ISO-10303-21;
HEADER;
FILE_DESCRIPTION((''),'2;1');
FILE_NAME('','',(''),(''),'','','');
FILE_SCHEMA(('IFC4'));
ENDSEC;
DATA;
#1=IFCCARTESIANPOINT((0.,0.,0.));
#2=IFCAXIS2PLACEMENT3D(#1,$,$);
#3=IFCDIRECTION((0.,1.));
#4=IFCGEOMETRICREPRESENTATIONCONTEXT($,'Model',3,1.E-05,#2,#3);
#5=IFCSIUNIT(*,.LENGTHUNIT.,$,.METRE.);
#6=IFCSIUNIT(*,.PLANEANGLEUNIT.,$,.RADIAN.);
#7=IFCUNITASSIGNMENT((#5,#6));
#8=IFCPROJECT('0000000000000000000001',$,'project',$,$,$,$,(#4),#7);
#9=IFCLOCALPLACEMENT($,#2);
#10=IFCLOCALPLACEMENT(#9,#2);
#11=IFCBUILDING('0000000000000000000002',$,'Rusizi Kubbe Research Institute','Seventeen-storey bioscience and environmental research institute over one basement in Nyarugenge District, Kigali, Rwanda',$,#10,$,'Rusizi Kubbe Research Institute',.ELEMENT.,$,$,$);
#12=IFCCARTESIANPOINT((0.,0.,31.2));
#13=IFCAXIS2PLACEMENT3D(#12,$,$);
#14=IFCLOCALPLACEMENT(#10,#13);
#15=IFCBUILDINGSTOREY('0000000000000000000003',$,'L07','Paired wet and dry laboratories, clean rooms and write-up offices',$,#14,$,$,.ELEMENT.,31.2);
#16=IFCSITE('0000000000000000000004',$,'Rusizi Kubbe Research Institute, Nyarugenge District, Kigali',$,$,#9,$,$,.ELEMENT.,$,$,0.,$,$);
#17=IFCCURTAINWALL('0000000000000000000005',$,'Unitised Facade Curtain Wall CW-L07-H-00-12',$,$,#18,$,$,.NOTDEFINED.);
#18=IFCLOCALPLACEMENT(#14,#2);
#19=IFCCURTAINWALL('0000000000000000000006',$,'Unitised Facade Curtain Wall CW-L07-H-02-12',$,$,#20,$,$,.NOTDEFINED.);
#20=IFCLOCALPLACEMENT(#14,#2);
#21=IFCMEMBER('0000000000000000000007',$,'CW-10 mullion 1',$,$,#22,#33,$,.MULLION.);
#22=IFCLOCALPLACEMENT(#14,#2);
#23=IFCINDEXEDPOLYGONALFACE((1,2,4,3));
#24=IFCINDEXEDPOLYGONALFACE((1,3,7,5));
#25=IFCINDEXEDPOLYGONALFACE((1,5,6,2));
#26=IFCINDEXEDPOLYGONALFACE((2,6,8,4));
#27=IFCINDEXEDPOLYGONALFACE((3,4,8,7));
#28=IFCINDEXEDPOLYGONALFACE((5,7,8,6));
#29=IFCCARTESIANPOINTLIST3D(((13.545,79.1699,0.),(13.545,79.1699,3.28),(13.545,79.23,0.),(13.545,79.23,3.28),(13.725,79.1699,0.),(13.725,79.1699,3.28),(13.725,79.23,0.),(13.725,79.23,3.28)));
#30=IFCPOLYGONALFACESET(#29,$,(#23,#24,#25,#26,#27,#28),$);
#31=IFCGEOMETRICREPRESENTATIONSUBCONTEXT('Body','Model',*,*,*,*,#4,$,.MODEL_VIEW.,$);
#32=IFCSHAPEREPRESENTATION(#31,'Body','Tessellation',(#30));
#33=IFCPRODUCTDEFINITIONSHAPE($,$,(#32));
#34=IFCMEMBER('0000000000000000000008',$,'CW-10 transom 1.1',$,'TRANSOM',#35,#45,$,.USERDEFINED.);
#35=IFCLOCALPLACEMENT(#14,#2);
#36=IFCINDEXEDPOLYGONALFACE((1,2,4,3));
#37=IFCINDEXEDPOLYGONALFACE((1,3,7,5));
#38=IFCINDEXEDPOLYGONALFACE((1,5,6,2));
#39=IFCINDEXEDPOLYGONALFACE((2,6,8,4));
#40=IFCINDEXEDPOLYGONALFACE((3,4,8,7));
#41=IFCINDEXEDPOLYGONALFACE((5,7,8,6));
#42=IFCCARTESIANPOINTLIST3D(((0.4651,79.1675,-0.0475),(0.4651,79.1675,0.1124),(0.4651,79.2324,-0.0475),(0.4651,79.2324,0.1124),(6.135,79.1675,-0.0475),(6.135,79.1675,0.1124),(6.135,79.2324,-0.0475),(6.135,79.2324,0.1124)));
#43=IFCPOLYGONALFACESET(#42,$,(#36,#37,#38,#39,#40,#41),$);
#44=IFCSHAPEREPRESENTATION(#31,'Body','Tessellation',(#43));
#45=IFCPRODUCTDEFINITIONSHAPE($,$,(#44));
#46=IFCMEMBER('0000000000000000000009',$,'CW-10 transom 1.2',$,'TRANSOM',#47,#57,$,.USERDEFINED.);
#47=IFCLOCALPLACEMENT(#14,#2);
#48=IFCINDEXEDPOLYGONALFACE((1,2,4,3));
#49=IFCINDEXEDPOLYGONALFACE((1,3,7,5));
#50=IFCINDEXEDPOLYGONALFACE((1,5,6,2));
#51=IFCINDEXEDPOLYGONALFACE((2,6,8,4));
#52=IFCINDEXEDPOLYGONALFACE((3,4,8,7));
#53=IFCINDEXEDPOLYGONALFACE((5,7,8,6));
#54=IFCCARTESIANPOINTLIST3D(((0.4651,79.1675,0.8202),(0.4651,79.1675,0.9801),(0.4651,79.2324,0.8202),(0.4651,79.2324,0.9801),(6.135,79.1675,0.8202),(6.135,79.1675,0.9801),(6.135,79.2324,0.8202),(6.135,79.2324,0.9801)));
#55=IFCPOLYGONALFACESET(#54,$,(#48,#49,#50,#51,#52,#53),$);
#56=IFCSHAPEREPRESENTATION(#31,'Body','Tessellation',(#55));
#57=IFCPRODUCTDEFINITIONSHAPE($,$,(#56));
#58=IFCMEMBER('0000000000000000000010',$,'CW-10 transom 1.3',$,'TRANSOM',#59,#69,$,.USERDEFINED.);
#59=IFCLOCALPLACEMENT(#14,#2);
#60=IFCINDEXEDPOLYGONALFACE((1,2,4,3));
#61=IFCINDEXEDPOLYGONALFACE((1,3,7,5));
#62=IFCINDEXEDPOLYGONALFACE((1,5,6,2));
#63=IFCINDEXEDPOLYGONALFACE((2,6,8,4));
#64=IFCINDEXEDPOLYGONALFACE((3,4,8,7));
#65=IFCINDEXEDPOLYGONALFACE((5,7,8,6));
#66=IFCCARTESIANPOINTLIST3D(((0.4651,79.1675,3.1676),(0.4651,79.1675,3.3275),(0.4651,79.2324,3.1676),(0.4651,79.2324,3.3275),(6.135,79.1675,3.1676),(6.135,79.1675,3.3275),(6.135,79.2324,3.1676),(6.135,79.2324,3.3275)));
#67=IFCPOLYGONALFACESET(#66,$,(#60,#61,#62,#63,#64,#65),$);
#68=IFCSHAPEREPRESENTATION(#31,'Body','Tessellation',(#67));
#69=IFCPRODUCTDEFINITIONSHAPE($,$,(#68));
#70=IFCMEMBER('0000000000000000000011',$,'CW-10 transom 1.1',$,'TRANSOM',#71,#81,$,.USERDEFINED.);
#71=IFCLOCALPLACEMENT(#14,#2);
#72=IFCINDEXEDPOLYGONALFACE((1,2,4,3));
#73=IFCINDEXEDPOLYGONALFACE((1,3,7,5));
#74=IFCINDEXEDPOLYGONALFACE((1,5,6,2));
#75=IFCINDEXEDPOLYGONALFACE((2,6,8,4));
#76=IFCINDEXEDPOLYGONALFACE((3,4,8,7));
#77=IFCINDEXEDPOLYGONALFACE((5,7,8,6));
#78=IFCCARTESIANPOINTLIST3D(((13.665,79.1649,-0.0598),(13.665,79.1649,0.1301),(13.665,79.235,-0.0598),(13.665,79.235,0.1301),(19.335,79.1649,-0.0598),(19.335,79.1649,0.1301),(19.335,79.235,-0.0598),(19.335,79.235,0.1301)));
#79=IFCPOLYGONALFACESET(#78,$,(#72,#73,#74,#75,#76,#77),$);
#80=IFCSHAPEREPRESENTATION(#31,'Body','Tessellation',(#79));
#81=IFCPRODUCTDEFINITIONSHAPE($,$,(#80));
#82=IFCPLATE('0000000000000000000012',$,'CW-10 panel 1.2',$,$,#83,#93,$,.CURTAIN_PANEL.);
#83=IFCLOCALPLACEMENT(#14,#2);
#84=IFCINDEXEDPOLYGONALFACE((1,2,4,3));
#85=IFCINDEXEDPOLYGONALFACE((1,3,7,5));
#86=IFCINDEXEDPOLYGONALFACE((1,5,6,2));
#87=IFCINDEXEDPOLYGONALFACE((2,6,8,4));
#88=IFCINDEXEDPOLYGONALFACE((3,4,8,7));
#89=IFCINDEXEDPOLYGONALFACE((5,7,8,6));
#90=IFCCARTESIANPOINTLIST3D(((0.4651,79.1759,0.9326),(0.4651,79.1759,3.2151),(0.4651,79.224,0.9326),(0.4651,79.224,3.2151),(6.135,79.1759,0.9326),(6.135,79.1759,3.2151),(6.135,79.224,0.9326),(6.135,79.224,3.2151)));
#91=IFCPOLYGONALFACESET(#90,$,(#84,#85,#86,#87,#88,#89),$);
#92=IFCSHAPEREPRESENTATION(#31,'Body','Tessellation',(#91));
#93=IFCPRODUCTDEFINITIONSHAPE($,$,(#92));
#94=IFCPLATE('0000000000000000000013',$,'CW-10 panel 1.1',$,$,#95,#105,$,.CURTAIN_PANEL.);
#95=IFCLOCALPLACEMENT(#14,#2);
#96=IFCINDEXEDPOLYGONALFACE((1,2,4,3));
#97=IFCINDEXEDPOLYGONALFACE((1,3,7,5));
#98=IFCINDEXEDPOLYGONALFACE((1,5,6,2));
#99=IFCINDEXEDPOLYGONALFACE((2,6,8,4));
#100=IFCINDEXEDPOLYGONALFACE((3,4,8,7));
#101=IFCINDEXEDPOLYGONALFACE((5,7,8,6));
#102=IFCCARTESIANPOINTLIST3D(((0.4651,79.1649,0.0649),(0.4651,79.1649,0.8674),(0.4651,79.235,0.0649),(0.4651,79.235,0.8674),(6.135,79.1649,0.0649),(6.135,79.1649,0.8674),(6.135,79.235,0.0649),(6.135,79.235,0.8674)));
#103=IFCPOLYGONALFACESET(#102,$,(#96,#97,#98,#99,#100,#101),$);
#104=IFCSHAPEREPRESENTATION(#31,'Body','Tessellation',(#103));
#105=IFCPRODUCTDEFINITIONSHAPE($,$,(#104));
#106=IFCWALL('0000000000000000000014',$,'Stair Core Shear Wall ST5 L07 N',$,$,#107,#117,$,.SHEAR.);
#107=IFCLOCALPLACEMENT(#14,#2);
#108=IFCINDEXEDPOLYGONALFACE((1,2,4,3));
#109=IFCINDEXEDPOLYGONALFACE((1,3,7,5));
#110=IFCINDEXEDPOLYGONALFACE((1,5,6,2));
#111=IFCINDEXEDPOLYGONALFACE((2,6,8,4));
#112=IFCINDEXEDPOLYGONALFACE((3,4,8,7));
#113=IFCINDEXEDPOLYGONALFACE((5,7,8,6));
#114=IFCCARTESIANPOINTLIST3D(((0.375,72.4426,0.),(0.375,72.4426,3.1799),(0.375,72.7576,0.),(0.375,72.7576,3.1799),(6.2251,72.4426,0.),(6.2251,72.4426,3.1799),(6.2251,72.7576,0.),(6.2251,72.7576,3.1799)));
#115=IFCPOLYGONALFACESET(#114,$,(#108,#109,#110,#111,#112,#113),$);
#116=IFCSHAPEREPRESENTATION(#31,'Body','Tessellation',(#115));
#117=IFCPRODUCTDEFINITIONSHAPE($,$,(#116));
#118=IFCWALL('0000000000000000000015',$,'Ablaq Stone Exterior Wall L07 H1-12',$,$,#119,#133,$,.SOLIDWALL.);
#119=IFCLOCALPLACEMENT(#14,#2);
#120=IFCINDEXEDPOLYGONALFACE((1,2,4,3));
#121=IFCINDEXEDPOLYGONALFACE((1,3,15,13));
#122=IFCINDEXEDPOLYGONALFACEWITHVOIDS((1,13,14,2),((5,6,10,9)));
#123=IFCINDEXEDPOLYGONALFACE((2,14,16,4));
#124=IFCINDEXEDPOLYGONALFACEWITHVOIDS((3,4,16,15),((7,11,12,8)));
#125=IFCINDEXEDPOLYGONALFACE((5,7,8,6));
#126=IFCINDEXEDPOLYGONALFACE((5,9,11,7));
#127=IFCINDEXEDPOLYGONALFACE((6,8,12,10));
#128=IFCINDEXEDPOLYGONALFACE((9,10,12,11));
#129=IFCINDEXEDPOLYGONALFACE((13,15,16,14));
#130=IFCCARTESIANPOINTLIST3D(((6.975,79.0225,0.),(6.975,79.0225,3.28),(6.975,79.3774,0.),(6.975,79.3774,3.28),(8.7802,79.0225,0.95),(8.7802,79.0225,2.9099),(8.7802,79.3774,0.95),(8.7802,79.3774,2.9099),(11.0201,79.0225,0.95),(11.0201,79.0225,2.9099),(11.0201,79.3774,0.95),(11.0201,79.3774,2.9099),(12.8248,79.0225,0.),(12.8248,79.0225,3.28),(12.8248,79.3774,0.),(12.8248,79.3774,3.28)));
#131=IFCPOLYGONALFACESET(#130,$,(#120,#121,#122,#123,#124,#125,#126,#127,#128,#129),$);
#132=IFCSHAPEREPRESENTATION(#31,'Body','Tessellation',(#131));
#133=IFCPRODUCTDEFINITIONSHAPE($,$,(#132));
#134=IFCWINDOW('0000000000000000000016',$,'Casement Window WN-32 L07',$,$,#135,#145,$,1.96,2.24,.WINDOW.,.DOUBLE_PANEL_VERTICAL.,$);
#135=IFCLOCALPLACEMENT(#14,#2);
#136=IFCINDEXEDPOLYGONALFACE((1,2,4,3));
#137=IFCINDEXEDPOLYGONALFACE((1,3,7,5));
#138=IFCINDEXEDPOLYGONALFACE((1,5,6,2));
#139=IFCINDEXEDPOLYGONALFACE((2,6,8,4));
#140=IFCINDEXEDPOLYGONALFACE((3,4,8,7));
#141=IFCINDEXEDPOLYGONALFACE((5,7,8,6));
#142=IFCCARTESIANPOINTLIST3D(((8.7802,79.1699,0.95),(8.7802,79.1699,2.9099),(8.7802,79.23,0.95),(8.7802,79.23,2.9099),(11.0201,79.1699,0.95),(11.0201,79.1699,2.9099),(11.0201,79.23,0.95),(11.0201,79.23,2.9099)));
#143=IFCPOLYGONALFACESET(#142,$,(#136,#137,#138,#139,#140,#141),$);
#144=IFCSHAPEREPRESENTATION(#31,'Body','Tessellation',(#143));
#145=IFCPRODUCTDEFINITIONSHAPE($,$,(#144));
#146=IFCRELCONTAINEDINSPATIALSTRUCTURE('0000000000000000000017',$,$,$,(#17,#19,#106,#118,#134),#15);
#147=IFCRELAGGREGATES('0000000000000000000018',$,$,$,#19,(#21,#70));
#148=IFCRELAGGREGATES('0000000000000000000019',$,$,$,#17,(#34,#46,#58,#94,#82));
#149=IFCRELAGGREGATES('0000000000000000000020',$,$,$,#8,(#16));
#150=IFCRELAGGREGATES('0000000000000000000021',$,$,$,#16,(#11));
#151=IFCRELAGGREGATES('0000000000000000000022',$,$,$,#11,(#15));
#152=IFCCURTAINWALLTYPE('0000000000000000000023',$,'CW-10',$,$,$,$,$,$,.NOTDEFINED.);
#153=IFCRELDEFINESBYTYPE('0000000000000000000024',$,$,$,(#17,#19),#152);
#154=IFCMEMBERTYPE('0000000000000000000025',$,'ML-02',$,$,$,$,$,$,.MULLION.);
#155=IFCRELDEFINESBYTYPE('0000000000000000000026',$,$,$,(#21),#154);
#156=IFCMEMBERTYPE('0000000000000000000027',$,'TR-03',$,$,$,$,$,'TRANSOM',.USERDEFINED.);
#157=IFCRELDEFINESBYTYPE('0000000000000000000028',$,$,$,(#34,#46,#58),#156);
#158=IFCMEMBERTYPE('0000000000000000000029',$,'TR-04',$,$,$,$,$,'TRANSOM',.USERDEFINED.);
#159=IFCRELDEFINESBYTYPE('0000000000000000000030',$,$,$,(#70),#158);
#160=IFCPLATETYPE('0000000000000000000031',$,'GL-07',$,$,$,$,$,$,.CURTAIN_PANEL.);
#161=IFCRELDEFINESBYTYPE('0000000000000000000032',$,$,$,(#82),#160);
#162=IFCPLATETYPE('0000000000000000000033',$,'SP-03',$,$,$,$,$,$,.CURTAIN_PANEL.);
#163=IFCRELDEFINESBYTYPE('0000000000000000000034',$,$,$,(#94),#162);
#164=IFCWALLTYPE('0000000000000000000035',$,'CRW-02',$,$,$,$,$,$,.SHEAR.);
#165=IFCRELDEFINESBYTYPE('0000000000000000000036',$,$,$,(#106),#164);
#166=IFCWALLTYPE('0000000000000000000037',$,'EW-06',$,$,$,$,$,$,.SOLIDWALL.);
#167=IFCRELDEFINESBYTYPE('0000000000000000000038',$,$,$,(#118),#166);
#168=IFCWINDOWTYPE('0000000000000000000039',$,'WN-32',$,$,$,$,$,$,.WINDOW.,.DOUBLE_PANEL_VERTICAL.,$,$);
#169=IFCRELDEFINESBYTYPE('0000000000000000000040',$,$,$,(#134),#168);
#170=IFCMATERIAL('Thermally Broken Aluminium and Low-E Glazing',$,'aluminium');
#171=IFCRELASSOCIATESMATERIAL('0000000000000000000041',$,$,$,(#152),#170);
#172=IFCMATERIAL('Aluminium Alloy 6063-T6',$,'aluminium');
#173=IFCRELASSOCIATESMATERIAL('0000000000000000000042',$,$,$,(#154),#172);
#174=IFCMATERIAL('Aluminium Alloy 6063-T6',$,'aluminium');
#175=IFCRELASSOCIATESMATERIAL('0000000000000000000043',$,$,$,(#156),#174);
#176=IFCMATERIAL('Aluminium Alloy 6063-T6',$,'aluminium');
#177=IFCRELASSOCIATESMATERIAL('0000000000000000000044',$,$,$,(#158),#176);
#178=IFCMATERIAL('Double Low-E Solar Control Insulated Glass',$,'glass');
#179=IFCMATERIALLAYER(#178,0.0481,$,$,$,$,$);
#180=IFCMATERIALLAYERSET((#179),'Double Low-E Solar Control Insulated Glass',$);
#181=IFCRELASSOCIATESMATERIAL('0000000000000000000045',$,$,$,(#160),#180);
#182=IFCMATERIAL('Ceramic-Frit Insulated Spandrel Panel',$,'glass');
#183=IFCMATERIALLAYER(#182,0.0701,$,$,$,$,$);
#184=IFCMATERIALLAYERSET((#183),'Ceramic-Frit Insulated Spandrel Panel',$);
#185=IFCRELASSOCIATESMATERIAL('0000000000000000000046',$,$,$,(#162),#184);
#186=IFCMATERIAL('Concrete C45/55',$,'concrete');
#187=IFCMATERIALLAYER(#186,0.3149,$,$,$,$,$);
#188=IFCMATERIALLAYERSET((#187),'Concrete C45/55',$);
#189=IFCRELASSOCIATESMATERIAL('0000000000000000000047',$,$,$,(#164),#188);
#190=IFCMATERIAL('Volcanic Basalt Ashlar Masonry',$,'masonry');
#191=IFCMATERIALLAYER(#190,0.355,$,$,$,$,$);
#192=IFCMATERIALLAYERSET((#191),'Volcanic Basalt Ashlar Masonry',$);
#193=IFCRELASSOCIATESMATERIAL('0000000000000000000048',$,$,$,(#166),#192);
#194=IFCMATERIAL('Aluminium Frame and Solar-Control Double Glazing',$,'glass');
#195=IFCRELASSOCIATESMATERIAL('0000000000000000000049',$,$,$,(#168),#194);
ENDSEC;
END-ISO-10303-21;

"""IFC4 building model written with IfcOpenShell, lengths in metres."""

from ifc_helpers import new_model, si_unit, direction, frame, frame_2d, origin, origin_2d, place, context, subcontext, project, spatial, rectangle, extrude, material, layer, layer_set, material_profile, profile_set, type_object, element, fill, aggregate, save


model = new_model("IFC4")

# Units and contexts
model_context = context("Model", 3, precision=1e-05, world=origin(), true_north=direction((0.0, 1.0)))
body_context = subcontext(model_context, "Body", "Model", "MODEL_VIEW")
ifc_project = project(units=[si_unit("LENGTHUNIT", "METRE"), si_unit("PLANEANGLEUNIT", "RADIAN")], contexts=[model_context])

# Site, building, storey
site_placement = place(None, origin())
site = spatial("IfcSite", under=ifc_project, at=site_placement, Name="Rusizi Kubbe Research Institute, Nyarugenge District, Kigali", CompositionType="ELEMENT", RefElevation=0.0)
building_placement = place(site_placement, origin())
building = spatial("IfcBuilding", under=site, at=building_placement, Name="Rusizi Kubbe Research Institute", Description="Seventeen-storey bioscience and environmental research institute over one basement in Nyarugenge District, Kigali, Rwanda", LongName="Rusizi Kubbe Research Institute", CompositionType="ELEMENT")
storey_placement = place(building_placement, frame((0.0, 0.0, 31.2)))
storey = spatial("IfcBuildingStorey", under=building, at=storey_placement, Name="L07", Description="Paired wet and dry laboratories, clean rooms and write-up offices", CompositionType="ELEMENT", Elevation=31.2)

# Curtain wall
ifc_material_1 = material(Name="Thermally Broken Aluminium and Low-E Glazing", Category="aluminium")
curtain_wall_type = type_object("IfcCurtainWallType", Name="CW-10", PredefinedType="NOTDEFINED", material=ifc_material_1)
curtain_wall_1_placement = place(storey_placement, origin())
curtain_wall_1 = element("IfcCurtainWall", 1, at=curtain_wall_1_placement, inside=storey, type_object=curtain_wall_type, Name="Unitised Facade Curtain Wall CW-L07-H-00-12", PredefinedType="NOTDEFINED")

# Curtain wall, member
curtain_wall_2_placement = place(storey_placement, origin())
curtain_wall_2 = element("IfcCurtainWall", 2, at=curtain_wall_2_placement, inside=storey, type_object=curtain_wall_type, Name="Unitised Facade Curtain Wall CW-L07-H-02-12", PredefinedType="NOTDEFINED")
ifc_material_2 = material(Name="Aluminium Alloy 6063-T6", Category="aluminium")
ifc_material_profile_1 = material_profile(ifc_material_2, rectangle(XDim=0.0601, YDim=0.1799, at=origin_2d()), Name="ALU-M 60x180")
ifc_profile_set_1 = profile_set([ifc_material_profile_1], Name="Aluminium Alloy 6063-T6")
member_type_1 = type_object("IfcMemberType", Name="ML-02", PredefinedType="MULLION", material=ifc_profile_set_1)
member_1_placement = place(storey_placement, frame((13.635, 79.2, 0.0), z_axis=(0.0, 0.0, 1.0), x_axis=(0.0, 1.0, 0.0)))
member_1 = element("IfcMember", 3, at=member_1_placement, type_object=member_type_1, Name="CW-10 mullion 1", PredefinedType="MULLION", context=body_context, shape_type="SweptSolid", body=[
    extrude(rectangle(XDim=0.0601, YDim=0.1799, at=origin_2d()), origin(), (0.0, 0.0, 1.0), 3.28),
])

# Members
ifc_material_3 = material(Name="Aluminium Alloy 6063-T6", Category="aluminium")
ifc_material_profile_2 = material_profile(ifc_material_3, rectangle(XDim=0.0649, YDim=0.1599, at=origin_2d()), Name="ALU-T 65x160")
ifc_profile_set_2 = profile_set([ifc_material_profile_2], Name="Aluminium Alloy 6063-T6")
member_type_2 = type_object("IfcMemberType", Name="TR-03", ElementType="TRANSOM", PredefinedType="USERDEFINED", material=ifc_profile_set_2)
member_2_placement = place(storey_placement, frame((0.4651, 79.2, 0.0325), z_axis=(1.0, 0.0, 0.0), x_axis=(0.0, 1.0, 0.0)))
member_2 = element("IfcMember", 4, at=member_2_placement, type_object=member_type_2, Name="CW-10 transom 1.1", ObjectType="TRANSOM", PredefinedType="USERDEFINED", context=body_context, shape_type="SweptSolid", body=[
    extrude(rectangle(XDim=0.0649, YDim=0.1599, at=origin_2d()), origin(), (0.0, 0.0, 1.0), 5.6699),
])
member_3_placement = place(storey_placement, frame((0.4651, 79.2, 0.9001), z_axis=(1.0, 0.0, 0.0), x_axis=(0.0, 1.0, 0.0)))
member_3 = element("IfcMember", 5, at=member_3_placement, type_object=member_type_2, Name="CW-10 transom 1.2", ObjectType="TRANSOM", PredefinedType="USERDEFINED", context=body_context, shape_type="SweptSolid", body=[
    extrude(rectangle(XDim=0.0649, YDim=0.1599, at=origin_2d()), origin(), (0.0, 0.0, 1.0), 5.6699),
])
member_4_placement = place(storey_placement, frame((0.4651, 79.2, 3.2476), z_axis=(1.0, 0.0, 0.0), x_axis=(0.0, 1.0, 0.0)))
member_4 = element("IfcMember", 6, at=member_4_placement, type_object=member_type_2, Name="CW-10 transom 1.3", ObjectType="TRANSOM", PredefinedType="USERDEFINED", context=body_context, shape_type="SweptSolid", body=[
    extrude(rectangle(XDim=0.0649, YDim=0.1599, at=origin_2d()), origin(), (0.0, 0.0, 1.0), 5.6699),
])
ifc_material_4 = material(Name="Aluminium Alloy 6063-T6", Category="aluminium")
ifc_material_profile_3 = material_profile(ifc_material_4, rectangle(XDim=0.0701, YDim=0.1899, at=origin_2d()), Name="ALU-T 70x190")
ifc_profile_set_3 = profile_set([ifc_material_profile_3], Name="Aluminium Alloy 6063-T6")
member_type_3 = type_object("IfcMemberType", Name="TR-04", ElementType="TRANSOM", PredefinedType="USERDEFINED", material=ifc_profile_set_3)
member_5_placement = place(storey_placement, frame((13.665, 79.2, 0.0352), z_axis=(1.0, 0.0, 0.0), x_axis=(0.0, 1.0, 0.0)))
member_5 = element("IfcMember", 7, at=member_5_placement, type_object=member_type_3, Name="CW-10 transom 1.1", ObjectType="TRANSOM", PredefinedType="USERDEFINED", context=body_context, shape_type="SweptSolid", body=[
    extrude(rectangle(XDim=0.0701, YDim=0.1899, at=origin_2d()), origin(), (0.0, 0.0, 1.0), 5.6699),
])
aggregate(curtain_wall_2, [member_1, member_5])

# Plates
ifc_material_5 = material(Name="Double Low-E Solar Control Insulated Glass", Category="glass")
ifc_layer_1 = layer(ifc_material_5, 0.0481)
ifc_layer_set_1 = layer_set([ifc_layer_1], Name="Double Low-E Solar Control Insulated Glass")
plate_type_1 = type_object("IfcPlateType", Name="GL-07", PredefinedType="CURTAIN_PANEL", material=ifc_layer_set_1)
plate_1_placement = place(storey_placement, frame((3.3, 79.2, 0.9326), z_axis=(0.0, 0.0, 1.0), x_axis=(1.0, 0.0, 0.0)))
plate_1 = element("IfcPlate", 8, at=plate_1_placement, type_object=plate_type_1, Name="CW-10 panel 1.2", PredefinedType="CURTAIN_PANEL", context=body_context, shape_type="SweptSolid", body=[
    extrude(rectangle(XDim=5.6699, YDim=0.0481, at=origin_2d()), origin(), (0.0, 0.0, 1.0), 2.2825),
])
ifc_material_6 = material(Name="Ceramic-Frit Insulated Spandrel Panel", Category="glass")
ifc_layer_2 = layer(ifc_material_6, 0.0701)
ifc_layer_set_2 = layer_set([ifc_layer_2], Name="Ceramic-Frit Insulated Spandrel Panel")
plate_type_2 = type_object("IfcPlateType", Name="SP-03", PredefinedType="CURTAIN_PANEL", material=ifc_layer_set_2)
plate_2_placement = place(storey_placement, frame((3.3, 79.2, 0.0649), z_axis=(0.0, 0.0, 1.0), x_axis=(1.0, 0.0, 0.0)))
plate_2 = element("IfcPlate", 9, at=plate_2_placement, type_object=plate_type_2, Name="CW-10 panel 1.1", PredefinedType="CURTAIN_PANEL", context=body_context, shape_type="SweptSolid", body=[
    extrude(rectangle(XDim=5.6699, YDim=0.0701, at=origin_2d()), origin(), (0.0, 0.0, 1.0), 0.8025),
])
aggregate(curtain_wall_1, [member_2, member_3, member_4, plate_2, plate_1])

# Wall
ifc_material_7 = material(Name="Concrete C45/55", Category="concrete")
ifc_layer_3 = layer(ifc_material_7, 0.3149)
ifc_layer_set_3 = layer_set([ifc_layer_3], Name="Concrete C45/55")
wall_type_1 = type_object("IfcWallType", Name="CRW-02", PredefinedType="SHEAR", material=ifc_layer_set_3)
wall_1_placement = place(storey_placement, frame((0.375, 72.6001, 0.0), z_axis=(0.0, 0.0, 1.0), x_axis=(1.0, 0.0, 0.0)))
element("IfcWall", 10, at=wall_1_placement, inside=storey, type_object=wall_type_1, Name="Stair Core Shear Wall ST5 L07 N", PredefinedType="SHEAR", context=body_context, shape_type="SweptSolid", body=[
    extrude(rectangle(XDim=5.8501, YDim=0.3149, at=frame_2d((2.925, 0.0))), origin(), (0.0, 0.0, 1.0), 3.1799),
])

# Wall, opening, window
ifc_material_8 = material(Name="Volcanic Basalt Ashlar Masonry", Category="masonry")
ifc_layer_4 = layer(ifc_material_8, 0.355)
ifc_layer_set_4 = layer_set([ifc_layer_4], Name="Volcanic Basalt Ashlar Masonry")
wall_type_2 = type_object("IfcWallType", Name="EW-06", PredefinedType="SOLIDWALL", material=ifc_layer_set_4)
wall_2_placement = place(storey_placement, frame((6.9751, 79.2, 0.0), z_axis=(0.0, 0.0, 1.0), x_axis=(1.0, 0.0, 0.0)))
wall_2 = element("IfcWall", 11, at=wall_2_placement, inside=storey, type_object=wall_type_2, Name="Ablaq Stone Exterior Wall L07 H1-12", PredefinedType="SOLIDWALL", context=body_context, shape_type="SweptSolid", body=[
    extrude(rectangle(XDim=5.8499, YDim=0.355, at=frame_2d((2.9248, 0.0))), origin(), (0.0, 0.0, 1.0), 3.28),
])
opening_1_placement = place(wall_2_placement, frame((1.8049, 0.0, 0.95)))
opening_1 = element("IfcOpeningElement", 12, at=opening_1_placement, cuts=wall_2, PredefinedType="OPENING", context=body_context, shape_type="SweptSolid", body=[
    extrude(rectangle(XDim=2.24, YDim=1.96, at=frame_2d((1.1201, 0.98))), frame((0.0, 0.1875, 0.0), z_axis=(0.0, -1.0, 0.0), x_axis=(1.0, 0.0, 0.0)), (0.0, 0.0, 1.0), 0.375),
])
ifc_material_9 = material(Name="Aluminium Frame and Solar-Control Double Glazing", Category="glass")
window_type = type_object("IfcWindowType", Name="WN-32", PartitioningType="DOUBLE_PANEL_VERTICAL", PredefinedType="WINDOW", material=ifc_material_9)
window_placement = place(opening_1_placement, origin())
window = element("IfcWindow", 13, at=window_placement, inside=storey, type_object=window_type, Name="Casement Window WN-32 L07", OverallHeight=1.96, OverallWidth=2.24, PartitioningType="DOUBLE_PANEL_VERTICAL", PredefinedType="WINDOW", context=body_context, shape_type="SweptSolid", body=[
    extrude(rectangle(XDim=2.24, YDim=1.96, at=frame_2d((1.1201, 0.98))), frame((0.0, 0.03, 0.0), z_axis=(0.0, -1.0, 0.0), x_axis=(1.0, 0.0, 0.0)), (0.0, 0.0, 1.0), 0.0601),
])
fill(opening_1, window)

save(model, "model.ifc")
